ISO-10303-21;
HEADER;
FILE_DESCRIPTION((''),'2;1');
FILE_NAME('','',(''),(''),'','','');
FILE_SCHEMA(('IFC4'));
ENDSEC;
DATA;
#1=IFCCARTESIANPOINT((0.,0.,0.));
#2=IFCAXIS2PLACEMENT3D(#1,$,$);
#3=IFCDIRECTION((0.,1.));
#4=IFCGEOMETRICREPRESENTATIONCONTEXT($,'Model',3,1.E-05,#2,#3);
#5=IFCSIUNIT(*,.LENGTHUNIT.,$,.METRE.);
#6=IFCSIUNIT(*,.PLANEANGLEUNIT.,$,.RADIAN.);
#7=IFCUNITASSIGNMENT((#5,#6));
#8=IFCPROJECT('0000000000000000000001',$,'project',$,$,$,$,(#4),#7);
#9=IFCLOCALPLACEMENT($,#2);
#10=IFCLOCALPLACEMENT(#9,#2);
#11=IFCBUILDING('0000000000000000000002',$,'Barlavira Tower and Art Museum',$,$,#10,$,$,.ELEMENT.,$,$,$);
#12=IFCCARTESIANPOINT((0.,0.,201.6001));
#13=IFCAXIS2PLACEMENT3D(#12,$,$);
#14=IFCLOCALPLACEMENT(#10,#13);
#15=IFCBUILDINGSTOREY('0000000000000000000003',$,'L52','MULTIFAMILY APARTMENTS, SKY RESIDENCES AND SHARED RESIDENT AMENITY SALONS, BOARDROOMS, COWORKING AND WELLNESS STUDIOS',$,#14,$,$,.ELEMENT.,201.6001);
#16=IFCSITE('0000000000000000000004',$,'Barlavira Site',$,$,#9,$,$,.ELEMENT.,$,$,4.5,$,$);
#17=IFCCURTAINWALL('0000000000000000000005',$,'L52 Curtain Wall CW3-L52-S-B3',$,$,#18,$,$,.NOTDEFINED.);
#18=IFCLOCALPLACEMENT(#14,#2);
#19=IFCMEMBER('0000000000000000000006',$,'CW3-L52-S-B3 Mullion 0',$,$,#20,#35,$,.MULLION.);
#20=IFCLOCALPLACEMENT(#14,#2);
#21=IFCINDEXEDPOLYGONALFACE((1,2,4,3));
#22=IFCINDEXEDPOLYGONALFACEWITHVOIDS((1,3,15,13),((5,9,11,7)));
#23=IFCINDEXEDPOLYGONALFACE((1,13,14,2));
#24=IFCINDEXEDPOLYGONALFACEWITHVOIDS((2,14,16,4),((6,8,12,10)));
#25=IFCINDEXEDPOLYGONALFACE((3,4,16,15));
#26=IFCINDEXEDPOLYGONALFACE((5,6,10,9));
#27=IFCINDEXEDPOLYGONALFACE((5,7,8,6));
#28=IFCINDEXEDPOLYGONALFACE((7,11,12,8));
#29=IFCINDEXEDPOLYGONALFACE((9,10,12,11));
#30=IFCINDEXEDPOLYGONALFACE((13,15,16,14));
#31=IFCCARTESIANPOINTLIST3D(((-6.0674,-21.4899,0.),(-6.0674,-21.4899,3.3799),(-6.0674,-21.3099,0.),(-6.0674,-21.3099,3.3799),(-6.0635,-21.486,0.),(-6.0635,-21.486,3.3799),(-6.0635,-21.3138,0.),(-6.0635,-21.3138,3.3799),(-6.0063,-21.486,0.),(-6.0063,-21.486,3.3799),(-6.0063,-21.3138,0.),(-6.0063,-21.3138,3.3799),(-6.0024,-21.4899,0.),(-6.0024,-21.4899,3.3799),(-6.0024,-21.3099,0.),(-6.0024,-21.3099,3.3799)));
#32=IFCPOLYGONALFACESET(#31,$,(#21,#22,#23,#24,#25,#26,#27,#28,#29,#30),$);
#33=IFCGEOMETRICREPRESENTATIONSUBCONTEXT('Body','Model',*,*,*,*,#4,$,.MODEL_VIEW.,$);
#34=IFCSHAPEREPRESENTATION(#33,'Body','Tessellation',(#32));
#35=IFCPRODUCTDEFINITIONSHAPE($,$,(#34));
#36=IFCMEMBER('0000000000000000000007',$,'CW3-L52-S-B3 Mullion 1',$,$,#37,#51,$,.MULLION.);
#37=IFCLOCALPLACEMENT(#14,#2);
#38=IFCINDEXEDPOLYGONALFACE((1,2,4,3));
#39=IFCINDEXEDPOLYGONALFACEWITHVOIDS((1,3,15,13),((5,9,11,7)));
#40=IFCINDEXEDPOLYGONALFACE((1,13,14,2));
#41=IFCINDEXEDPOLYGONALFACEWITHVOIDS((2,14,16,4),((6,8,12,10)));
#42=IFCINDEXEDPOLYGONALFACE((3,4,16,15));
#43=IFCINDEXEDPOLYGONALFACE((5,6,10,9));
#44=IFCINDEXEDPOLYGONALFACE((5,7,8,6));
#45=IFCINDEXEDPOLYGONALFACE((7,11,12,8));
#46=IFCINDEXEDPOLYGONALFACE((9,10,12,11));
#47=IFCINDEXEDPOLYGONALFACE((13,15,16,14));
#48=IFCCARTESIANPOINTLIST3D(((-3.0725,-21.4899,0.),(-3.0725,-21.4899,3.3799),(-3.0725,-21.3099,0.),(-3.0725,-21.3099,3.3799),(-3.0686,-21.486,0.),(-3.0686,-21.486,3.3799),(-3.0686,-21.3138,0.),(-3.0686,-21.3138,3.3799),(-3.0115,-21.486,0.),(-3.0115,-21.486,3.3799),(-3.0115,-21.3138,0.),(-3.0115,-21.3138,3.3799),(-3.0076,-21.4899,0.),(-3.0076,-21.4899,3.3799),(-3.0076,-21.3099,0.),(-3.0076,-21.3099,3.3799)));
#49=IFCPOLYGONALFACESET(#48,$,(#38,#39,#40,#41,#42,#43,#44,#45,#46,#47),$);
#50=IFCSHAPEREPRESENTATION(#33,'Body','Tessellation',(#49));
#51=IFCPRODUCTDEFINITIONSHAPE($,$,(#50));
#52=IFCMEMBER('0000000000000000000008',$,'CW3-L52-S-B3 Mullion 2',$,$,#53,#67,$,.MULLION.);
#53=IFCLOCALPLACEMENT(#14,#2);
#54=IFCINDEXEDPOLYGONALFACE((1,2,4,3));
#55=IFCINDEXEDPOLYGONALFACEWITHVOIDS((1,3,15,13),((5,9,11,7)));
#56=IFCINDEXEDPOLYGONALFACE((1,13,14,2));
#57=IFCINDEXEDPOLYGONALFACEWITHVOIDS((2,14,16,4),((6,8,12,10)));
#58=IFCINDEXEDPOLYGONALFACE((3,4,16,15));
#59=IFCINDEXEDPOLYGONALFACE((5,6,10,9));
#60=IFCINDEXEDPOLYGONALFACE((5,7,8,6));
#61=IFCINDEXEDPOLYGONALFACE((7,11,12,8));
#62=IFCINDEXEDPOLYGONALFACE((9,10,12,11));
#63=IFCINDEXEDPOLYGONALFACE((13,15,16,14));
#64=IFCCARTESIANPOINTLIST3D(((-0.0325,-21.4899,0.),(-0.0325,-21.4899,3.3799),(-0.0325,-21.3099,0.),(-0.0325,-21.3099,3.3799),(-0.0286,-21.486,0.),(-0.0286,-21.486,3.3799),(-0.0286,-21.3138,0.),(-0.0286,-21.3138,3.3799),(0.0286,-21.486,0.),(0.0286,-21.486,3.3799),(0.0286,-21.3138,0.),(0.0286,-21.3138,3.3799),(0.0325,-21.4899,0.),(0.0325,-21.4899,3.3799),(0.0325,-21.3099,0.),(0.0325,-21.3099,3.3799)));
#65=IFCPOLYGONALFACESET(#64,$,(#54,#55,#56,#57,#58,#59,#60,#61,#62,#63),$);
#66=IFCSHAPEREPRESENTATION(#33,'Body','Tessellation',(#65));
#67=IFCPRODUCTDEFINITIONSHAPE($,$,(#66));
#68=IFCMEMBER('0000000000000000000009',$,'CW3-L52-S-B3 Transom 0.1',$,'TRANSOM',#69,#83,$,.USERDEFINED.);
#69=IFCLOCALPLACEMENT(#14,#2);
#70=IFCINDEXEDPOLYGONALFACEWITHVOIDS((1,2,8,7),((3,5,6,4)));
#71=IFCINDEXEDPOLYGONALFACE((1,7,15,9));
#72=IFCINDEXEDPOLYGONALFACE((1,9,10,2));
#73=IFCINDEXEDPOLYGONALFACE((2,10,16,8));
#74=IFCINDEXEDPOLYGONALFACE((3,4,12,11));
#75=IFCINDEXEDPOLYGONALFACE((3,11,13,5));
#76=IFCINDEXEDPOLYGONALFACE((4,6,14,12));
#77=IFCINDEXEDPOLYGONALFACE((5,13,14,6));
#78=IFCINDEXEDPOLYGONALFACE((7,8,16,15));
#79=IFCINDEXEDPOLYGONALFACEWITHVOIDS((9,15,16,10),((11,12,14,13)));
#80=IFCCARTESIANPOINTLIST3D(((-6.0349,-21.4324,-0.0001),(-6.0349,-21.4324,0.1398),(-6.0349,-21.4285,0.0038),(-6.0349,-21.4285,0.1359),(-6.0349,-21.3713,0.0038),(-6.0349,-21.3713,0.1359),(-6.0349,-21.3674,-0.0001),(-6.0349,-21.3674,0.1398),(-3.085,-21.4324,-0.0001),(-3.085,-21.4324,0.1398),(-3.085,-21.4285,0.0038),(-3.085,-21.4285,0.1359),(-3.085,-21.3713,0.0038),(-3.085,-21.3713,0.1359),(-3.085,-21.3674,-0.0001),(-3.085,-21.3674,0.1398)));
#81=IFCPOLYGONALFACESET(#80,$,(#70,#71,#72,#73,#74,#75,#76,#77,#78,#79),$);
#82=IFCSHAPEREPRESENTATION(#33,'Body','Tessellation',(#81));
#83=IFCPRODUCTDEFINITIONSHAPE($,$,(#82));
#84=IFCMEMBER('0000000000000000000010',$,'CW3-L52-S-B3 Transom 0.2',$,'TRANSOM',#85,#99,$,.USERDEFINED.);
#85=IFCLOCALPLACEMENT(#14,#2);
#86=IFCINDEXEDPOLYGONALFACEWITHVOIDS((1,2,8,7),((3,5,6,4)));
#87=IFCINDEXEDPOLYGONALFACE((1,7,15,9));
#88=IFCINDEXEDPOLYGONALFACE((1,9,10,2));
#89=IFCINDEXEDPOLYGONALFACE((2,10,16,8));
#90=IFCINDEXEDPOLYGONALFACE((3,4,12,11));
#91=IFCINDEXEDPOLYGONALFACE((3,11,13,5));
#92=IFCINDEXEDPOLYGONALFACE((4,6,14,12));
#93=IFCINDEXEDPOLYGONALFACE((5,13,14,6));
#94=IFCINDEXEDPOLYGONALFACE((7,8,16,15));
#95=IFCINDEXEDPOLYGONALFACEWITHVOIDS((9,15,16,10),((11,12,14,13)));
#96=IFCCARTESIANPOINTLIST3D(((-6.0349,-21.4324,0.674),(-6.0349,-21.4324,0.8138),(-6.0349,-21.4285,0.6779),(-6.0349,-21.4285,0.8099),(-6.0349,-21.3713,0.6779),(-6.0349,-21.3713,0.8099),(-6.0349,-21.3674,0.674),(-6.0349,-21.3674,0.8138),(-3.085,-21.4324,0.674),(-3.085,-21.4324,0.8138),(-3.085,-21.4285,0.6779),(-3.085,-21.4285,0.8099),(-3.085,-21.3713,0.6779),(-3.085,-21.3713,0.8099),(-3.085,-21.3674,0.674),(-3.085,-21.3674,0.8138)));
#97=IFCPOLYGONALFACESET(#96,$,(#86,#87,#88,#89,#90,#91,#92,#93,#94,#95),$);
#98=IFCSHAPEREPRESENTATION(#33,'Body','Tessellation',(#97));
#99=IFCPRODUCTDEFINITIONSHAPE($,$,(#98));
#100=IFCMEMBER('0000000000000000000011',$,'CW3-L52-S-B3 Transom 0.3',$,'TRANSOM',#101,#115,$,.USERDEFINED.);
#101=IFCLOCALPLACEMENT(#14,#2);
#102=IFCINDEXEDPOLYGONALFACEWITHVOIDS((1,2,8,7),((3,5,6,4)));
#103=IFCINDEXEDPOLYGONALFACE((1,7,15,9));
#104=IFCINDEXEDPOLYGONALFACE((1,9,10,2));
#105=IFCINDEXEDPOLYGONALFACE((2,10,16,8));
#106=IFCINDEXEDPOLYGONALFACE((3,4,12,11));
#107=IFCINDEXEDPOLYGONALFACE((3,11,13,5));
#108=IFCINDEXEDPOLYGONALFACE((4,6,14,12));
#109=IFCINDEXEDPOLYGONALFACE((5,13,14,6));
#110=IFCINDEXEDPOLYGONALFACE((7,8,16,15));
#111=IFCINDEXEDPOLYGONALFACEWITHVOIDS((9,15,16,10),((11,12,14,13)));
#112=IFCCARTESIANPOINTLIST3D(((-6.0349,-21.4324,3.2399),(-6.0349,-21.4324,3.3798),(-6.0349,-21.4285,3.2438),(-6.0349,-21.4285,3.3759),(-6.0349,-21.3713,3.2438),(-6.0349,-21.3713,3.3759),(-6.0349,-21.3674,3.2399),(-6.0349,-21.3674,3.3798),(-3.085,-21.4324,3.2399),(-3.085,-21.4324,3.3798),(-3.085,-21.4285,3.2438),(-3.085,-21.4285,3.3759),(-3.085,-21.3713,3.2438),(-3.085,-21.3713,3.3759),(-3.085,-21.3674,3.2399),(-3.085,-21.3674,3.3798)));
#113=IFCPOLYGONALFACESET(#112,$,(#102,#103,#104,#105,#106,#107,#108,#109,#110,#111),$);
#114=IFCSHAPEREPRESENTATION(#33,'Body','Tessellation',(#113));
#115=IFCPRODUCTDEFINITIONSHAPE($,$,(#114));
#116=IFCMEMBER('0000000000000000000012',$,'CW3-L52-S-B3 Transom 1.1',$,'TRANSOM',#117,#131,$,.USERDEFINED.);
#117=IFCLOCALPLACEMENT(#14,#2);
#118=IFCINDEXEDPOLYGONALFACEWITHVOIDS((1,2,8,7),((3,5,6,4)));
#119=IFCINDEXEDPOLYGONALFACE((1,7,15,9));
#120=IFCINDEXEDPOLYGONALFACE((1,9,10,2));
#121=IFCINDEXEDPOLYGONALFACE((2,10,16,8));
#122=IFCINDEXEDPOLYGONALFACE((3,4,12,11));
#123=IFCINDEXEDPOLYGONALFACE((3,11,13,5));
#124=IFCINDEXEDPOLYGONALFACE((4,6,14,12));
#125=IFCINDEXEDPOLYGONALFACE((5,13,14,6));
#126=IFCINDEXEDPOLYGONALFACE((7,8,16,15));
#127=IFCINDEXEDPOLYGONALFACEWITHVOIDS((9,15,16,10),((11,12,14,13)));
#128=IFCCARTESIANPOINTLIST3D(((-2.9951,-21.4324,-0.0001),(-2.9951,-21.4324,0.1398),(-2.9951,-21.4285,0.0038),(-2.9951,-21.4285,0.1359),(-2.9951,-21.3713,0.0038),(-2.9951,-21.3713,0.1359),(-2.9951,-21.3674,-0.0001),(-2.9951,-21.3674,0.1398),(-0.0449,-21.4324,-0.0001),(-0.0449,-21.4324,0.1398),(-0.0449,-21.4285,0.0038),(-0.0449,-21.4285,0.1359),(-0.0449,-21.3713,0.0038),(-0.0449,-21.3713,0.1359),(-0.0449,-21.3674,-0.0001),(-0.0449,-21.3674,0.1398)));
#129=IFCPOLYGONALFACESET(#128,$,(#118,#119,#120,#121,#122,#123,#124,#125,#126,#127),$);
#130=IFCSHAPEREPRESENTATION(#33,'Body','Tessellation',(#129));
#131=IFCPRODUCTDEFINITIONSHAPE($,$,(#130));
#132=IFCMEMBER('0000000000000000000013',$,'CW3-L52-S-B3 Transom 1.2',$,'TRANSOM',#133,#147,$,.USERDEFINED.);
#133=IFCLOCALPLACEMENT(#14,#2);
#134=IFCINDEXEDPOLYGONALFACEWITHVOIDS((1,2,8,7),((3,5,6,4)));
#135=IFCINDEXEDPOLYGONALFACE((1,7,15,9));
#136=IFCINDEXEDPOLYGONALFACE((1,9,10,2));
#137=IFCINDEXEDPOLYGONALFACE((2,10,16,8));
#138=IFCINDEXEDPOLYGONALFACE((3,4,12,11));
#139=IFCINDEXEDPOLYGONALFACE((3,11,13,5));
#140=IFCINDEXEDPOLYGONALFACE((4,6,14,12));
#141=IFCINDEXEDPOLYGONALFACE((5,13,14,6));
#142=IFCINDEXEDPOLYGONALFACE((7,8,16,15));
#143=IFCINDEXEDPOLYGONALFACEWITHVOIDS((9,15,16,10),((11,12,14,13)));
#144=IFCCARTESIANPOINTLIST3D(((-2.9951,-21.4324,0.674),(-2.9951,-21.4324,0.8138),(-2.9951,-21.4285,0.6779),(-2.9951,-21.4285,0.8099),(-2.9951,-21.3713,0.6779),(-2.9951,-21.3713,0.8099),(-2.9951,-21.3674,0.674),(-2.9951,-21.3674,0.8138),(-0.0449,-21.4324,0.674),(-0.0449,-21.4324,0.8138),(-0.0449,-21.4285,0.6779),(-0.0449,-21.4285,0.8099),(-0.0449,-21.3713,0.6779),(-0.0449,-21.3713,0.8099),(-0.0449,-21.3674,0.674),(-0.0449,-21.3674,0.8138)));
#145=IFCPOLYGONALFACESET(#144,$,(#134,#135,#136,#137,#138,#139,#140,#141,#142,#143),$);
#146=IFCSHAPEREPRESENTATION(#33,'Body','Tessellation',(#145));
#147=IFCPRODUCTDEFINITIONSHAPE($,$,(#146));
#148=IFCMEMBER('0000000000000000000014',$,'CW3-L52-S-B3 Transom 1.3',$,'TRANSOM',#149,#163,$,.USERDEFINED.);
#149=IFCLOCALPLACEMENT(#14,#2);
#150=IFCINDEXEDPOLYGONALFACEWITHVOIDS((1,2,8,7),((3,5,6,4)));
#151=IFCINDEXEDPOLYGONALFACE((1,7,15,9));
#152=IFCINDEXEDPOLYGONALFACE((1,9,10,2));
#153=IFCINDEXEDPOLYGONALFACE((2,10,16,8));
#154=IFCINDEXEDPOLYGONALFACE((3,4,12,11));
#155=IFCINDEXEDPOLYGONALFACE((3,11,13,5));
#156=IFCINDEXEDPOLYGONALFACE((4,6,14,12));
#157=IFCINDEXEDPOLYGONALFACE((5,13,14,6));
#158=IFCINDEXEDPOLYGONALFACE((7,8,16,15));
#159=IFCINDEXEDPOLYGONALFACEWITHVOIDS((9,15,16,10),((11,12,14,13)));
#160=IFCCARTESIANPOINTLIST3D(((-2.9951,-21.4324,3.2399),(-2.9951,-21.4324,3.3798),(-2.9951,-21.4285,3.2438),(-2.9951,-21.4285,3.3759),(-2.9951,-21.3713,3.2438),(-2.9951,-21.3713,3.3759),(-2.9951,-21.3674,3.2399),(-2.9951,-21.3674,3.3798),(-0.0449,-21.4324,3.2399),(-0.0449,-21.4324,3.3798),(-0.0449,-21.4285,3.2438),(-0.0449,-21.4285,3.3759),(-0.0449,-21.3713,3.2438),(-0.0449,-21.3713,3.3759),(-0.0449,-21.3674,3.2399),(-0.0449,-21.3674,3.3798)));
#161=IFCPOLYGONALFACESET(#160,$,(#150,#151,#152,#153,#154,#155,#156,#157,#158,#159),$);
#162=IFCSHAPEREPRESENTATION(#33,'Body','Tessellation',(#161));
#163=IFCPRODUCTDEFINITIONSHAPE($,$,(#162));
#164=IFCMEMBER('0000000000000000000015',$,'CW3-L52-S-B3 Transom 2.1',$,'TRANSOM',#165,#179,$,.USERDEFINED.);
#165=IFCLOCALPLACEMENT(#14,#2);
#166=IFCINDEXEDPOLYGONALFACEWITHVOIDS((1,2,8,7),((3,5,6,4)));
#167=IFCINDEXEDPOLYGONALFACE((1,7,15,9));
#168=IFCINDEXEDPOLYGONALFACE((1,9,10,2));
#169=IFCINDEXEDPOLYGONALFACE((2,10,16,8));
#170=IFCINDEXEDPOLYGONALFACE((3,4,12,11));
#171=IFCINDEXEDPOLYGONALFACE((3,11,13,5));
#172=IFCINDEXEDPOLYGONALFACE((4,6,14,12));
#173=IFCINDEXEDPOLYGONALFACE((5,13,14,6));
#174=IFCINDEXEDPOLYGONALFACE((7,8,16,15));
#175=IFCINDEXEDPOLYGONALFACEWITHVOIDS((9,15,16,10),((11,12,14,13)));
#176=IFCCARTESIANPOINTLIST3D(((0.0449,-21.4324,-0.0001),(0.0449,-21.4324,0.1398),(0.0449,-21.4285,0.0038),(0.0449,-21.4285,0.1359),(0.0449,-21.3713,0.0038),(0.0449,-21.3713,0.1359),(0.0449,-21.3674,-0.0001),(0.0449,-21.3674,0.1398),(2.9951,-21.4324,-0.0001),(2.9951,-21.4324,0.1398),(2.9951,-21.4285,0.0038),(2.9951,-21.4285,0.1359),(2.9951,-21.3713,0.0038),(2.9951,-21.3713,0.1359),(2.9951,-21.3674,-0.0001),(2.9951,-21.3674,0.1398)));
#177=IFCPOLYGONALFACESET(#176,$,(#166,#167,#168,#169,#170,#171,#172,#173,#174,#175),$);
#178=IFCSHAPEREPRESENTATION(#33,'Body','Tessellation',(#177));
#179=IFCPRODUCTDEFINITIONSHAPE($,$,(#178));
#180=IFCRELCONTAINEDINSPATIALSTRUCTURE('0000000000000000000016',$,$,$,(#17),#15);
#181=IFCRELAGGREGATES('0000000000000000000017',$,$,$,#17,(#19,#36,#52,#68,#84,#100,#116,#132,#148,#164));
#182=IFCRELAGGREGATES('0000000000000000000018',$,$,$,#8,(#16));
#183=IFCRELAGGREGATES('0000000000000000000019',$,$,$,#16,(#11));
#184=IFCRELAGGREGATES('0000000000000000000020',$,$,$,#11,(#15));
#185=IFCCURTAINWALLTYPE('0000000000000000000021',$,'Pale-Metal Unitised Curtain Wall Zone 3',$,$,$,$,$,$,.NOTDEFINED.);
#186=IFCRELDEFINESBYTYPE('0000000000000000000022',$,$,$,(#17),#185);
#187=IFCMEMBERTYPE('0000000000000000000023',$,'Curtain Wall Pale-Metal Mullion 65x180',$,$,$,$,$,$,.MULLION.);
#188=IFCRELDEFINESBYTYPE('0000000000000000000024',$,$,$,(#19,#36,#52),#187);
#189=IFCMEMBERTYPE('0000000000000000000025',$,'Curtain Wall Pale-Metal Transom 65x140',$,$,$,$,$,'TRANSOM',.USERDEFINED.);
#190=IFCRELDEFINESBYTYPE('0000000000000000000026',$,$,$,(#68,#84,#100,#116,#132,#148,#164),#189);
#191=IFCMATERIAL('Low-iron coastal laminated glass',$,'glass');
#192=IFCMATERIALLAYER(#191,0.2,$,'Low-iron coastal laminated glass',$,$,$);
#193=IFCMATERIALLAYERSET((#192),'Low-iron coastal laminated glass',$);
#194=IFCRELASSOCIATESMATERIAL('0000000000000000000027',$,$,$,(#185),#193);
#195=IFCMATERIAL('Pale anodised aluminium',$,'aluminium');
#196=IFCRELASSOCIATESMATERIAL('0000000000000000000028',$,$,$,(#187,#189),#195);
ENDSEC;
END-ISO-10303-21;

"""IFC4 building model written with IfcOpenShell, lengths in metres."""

from ifc_helpers import new_model, si_unit, direction, frame, origin, origin_2d, place, context, subcontext, project, spatial, hollow_rectangle, extrude, material, layer, layer_set, material_profile, profile_set, type_object, element, aggregate, save


model = new_model("IFC4")

# Units and contexts
model_context = context("Model", 3, precision=1e-05, world=origin(), true_north=direction((0.0, 1.0)))
body_context = subcontext(model_context, "Body", "Model", "MODEL_VIEW")
ifc_project = project(units=[si_unit("LENGTHUNIT", "METRE"), si_unit("PLANEANGLEUNIT", "RADIAN")], contexts=[model_context])

# Site, building, storey
site_placement = place(None, origin())
site = spatial("IfcSite", under=ifc_project, at=site_placement, Name="Barlavira Site", CompositionType="ELEMENT", RefElevation=4.5)
building_placement = place(site_placement, origin())
building = spatial("IfcBuilding", under=site, at=building_placement, Name="Barlavira Tower and Art Museum", CompositionType="ELEMENT")
storey_placement = place(building_placement, frame((0.0, 0.0, 201.6001)))
storey = spatial("IfcBuildingStorey", under=building, at=storey_placement, Name="L52", Description="MULTIFAMILY APARTMENTS, SKY RESIDENCES AND SHARED RESIDENT AMENITY SALONS, BOARDROOMS, COWORKING AND WELLNESS STUDIOS", CompositionType="ELEMENT", Elevation=201.6001)

# Curtain wall, members
ifc_material_1 = material(Name="Low-iron coastal laminated glass", Category="glass")
ifc_layer_1 = layer(ifc_material_1, 0.2, Name="Low-iron coastal laminated glass")
ifc_layer_set_1 = layer_set([ifc_layer_1], Name="Low-iron coastal laminated glass")
curtain_wall_type = type_object("IfcCurtainWallType", Name="Pale-Metal Unitised Curtain Wall Zone 3", PredefinedType="NOTDEFINED", material=ifc_layer_set_1)
curtain_wall_placement = place(storey_placement, origin())
curtain_wall = element("IfcCurtainWall", 1, at=curtain_wall_placement, inside=storey, type_object=curtain_wall_type, Name="L52 Curtain Wall CW3-L52-S-B3", PredefinedType="NOTDEFINED")
ifc_material_2 = material(Name="Pale anodised aluminium", Category="aluminium")
ifc_material_profile_1 = material_profile(ifc_material_2, hollow_rectangle(XDim=0.0649, YDim=0.1799, WallThickness=0.0039, at=origin_2d()), Name="ALU-MULL 65x180x4")
ifc_profile_set_1 = profile_set([ifc_material_profile_1], Name="Pale anodised aluminium")
member_type_1 = type_object("IfcMemberType", Name="Curtain Wall Pale-Metal Mullion 65x180", PredefinedType="MULLION", material=ifc_profile_set_1)
member_1_placement = place(storey_placement, frame((-6.0349, -21.3999, 0.0), z_axis=(0.0, 0.0, 1.0), x_axis=(1.0, 0.0, 0.0)))
member_1 = element("IfcMember", 2, at=member_1_placement, type_object=member_type_1, Name="CW3-L52-S-B3 Mullion 0", PredefinedType="MULLION", context=body_context, shape_type="SweptSolid", body=[
    extrude(hollow_rectangle(XDim=0.0649, YDim=0.1799, WallThickness=0.0039, at=origin_2d()), origin(), (0.0, 0.0, 1.0), 3.3799),
])
member_2_placement = place(storey_placement, frame((-3.04, -21.3999, 0.0), z_axis=(0.0, 0.0, 1.0), x_axis=(1.0, 0.0, 0.0)))
member_2 = element("IfcMember", 3, at=member_2_placement, type_object=member_type_1, Name="CW3-L52-S-B3 Mullion 1", PredefinedType="MULLION", context=body_context, shape_type="SweptSolid", body=[
    extrude(hollow_rectangle(XDim=0.0649, YDim=0.1799, WallThickness=0.0039, at=origin_2d()), origin(), (0.0, 0.0, 1.0), 3.3799),
])
member_3_placement = place(storey_placement, frame((0.0, -21.3999, 0.0), z_axis=(0.0, 0.0, 1.0), x_axis=(1.0, 0.0, 0.0)))
member_3 = element("IfcMember", 4, at=member_3_placement, type_object=member_type_1, Name="CW3-L52-S-B3 Mullion 2", PredefinedType="MULLION", context=body_context, shape_type="SweptSolid", body=[
    extrude(hollow_rectangle(XDim=0.0649, YDim=0.1799, WallThickness=0.0039, at=origin_2d()), origin(), (0.0, 0.0, 1.0), 3.3799),
])
ifc_material_profile_2 = material_profile(ifc_material_2, hollow_rectangle(XDim=0.0649, YDim=0.1399, WallThickness=0.0039, at=origin_2d()), Name="ALU-TRAN 65x140x4")
ifc_profile_set_2 = profile_set([ifc_material_profile_2], Name="Pale anodised aluminium")
member_type_2 = type_object("IfcMemberType", Name="Curtain Wall Pale-Metal Transom 65x140", ElementType="TRANSOM", PredefinedType="USERDEFINED", material=ifc_profile_set_2)
member_4_placement = place(storey_placement, frame((-6.0349, -21.3999, 0.0698), z_axis=(1.0, 0.0, 0.0), x_axis=(0.0, 1.0, 0.0)))
member_4 = element("IfcMember", 5, at=member_4_placement, type_object=member_type_2, Name="CW3-L52-S-B3 Transom 0.1", ObjectType="TRANSOM", PredefinedType="USERDEFINED", context=body_context, shape_type="SweptSolid", body=[
    extrude(hollow_rectangle(XDim=0.0649, YDim=0.1399, WallThickness=0.0039, at=origin_2d()), origin(), (0.0, 0.0, 1.0), 2.95),
])
member_5_placement = place(storey_placement, frame((-6.0349, -21.3999, 0.7439), z_axis=(1.0, 0.0, 0.0), x_axis=(0.0, 1.0, 0.0)))
member_5 = element("IfcMember", 6, at=member_5_placement, type_object=member_type_2, Name="CW3-L52-S-B3 Transom 0.2", ObjectType="TRANSOM", PredefinedType="USERDEFINED", context=body_context, shape_type="SweptSolid", body=[
    extrude(hollow_rectangle(XDim=0.0649, YDim=0.1399, WallThickness=0.0039, at=origin_2d()), origin(), (0.0, 0.0, 1.0), 2.95),
])
member_6_placement = place(storey_placement, frame((-6.0349, -21.3999, 3.3098), z_axis=(1.0, 0.0, 0.0), x_axis=(0.0, 1.0, 0.0)))
member_6 = element("IfcMember", 7, at=member_6_placement, type_object=member_type_2, Name="CW3-L52-S-B3 Transom 0.3", ObjectType="TRANSOM", PredefinedType="USERDEFINED", context=body_context, shape_type="SweptSolid", body=[
    extrude(hollow_rectangle(XDim=0.0649, YDim=0.1399, WallThickness=0.0039, at=origin_2d()), origin(), (0.0, 0.0, 1.0), 2.95),
])
member_7_placement = place(storey_placement, frame((-2.9951, -21.3999, 0.0698), z_axis=(1.0, 0.0, 0.0), x_axis=(0.0, 1.0, 0.0)))
member_7 = element("IfcMember", 8, at=member_7_placement, type_object=member_type_2, Name="CW3-L52-S-B3 Transom 1.1", ObjectType="TRANSOM", PredefinedType="USERDEFINED", context=body_context, shape_type="SweptSolid", body=[
    extrude(hollow_rectangle(XDim=0.0649, YDim=0.1399, WallThickness=0.0039, at=origin_2d()), origin(), (0.0, 0.0, 1.0), 2.9502),
])
member_8_placement = place(storey_placement, frame((-2.9951, -21.3999, 0.7439), z_axis=(1.0, 0.0, 0.0), x_axis=(0.0, 1.0, 0.0)))
member_8 = element("IfcMember", 9, at=member_8_placement, type_object=member_type_2, Name="CW3-L52-S-B3 Transom 1.2", ObjectType="TRANSOM", PredefinedType="USERDEFINED", context=body_context, shape_type="SweptSolid", body=[
    extrude(hollow_rectangle(XDim=0.0649, YDim=0.1399, WallThickness=0.0039, at=origin_2d()), origin(), (0.0, 0.0, 1.0), 2.9502),
])
member_9_placement = place(storey_placement, frame((-2.9951, -21.3999, 3.3098), z_axis=(1.0, 0.0, 0.0), x_axis=(0.0, 1.0, 0.0)))
member_9 = element("IfcMember", 10, at=member_9_placement, type_object=member_type_2, Name="CW3-L52-S-B3 Transom 1.3", ObjectType="TRANSOM", PredefinedType="USERDEFINED", context=body_context, shape_type="SweptSolid", body=[
    extrude(hollow_rectangle(XDim=0.0649, YDim=0.1399, WallThickness=0.0039, at=origin_2d()), origin(), (0.0, 0.0, 1.0), 2.9502),
])
member_10_placement = place(storey_placement, frame((0.0449, -21.3999, 0.0698), z_axis=(1.0, 0.0, 0.0), x_axis=(0.0, 1.0, 0.0)))
member_10 = element("IfcMember", 11, at=member_10_placement, type_object=member_type_2, Name="CW3-L52-S-B3 Transom 2.1", ObjectType="TRANSOM", PredefinedType="USERDEFINED", context=body_context, shape_type="SweptSolid", body=[
    extrude(hollow_rectangle(XDim=0.0649, YDim=0.1399, WallThickness=0.0039, at=origin_2d()), origin(), (0.0, 0.0, 1.0), 2.9502),
])

aggregate(curtain_wall, [member_1, member_2, member_3, member_4, member_5, member_6, member_7, member_8, member_9, member_10])

save(model, "model.ifc")
